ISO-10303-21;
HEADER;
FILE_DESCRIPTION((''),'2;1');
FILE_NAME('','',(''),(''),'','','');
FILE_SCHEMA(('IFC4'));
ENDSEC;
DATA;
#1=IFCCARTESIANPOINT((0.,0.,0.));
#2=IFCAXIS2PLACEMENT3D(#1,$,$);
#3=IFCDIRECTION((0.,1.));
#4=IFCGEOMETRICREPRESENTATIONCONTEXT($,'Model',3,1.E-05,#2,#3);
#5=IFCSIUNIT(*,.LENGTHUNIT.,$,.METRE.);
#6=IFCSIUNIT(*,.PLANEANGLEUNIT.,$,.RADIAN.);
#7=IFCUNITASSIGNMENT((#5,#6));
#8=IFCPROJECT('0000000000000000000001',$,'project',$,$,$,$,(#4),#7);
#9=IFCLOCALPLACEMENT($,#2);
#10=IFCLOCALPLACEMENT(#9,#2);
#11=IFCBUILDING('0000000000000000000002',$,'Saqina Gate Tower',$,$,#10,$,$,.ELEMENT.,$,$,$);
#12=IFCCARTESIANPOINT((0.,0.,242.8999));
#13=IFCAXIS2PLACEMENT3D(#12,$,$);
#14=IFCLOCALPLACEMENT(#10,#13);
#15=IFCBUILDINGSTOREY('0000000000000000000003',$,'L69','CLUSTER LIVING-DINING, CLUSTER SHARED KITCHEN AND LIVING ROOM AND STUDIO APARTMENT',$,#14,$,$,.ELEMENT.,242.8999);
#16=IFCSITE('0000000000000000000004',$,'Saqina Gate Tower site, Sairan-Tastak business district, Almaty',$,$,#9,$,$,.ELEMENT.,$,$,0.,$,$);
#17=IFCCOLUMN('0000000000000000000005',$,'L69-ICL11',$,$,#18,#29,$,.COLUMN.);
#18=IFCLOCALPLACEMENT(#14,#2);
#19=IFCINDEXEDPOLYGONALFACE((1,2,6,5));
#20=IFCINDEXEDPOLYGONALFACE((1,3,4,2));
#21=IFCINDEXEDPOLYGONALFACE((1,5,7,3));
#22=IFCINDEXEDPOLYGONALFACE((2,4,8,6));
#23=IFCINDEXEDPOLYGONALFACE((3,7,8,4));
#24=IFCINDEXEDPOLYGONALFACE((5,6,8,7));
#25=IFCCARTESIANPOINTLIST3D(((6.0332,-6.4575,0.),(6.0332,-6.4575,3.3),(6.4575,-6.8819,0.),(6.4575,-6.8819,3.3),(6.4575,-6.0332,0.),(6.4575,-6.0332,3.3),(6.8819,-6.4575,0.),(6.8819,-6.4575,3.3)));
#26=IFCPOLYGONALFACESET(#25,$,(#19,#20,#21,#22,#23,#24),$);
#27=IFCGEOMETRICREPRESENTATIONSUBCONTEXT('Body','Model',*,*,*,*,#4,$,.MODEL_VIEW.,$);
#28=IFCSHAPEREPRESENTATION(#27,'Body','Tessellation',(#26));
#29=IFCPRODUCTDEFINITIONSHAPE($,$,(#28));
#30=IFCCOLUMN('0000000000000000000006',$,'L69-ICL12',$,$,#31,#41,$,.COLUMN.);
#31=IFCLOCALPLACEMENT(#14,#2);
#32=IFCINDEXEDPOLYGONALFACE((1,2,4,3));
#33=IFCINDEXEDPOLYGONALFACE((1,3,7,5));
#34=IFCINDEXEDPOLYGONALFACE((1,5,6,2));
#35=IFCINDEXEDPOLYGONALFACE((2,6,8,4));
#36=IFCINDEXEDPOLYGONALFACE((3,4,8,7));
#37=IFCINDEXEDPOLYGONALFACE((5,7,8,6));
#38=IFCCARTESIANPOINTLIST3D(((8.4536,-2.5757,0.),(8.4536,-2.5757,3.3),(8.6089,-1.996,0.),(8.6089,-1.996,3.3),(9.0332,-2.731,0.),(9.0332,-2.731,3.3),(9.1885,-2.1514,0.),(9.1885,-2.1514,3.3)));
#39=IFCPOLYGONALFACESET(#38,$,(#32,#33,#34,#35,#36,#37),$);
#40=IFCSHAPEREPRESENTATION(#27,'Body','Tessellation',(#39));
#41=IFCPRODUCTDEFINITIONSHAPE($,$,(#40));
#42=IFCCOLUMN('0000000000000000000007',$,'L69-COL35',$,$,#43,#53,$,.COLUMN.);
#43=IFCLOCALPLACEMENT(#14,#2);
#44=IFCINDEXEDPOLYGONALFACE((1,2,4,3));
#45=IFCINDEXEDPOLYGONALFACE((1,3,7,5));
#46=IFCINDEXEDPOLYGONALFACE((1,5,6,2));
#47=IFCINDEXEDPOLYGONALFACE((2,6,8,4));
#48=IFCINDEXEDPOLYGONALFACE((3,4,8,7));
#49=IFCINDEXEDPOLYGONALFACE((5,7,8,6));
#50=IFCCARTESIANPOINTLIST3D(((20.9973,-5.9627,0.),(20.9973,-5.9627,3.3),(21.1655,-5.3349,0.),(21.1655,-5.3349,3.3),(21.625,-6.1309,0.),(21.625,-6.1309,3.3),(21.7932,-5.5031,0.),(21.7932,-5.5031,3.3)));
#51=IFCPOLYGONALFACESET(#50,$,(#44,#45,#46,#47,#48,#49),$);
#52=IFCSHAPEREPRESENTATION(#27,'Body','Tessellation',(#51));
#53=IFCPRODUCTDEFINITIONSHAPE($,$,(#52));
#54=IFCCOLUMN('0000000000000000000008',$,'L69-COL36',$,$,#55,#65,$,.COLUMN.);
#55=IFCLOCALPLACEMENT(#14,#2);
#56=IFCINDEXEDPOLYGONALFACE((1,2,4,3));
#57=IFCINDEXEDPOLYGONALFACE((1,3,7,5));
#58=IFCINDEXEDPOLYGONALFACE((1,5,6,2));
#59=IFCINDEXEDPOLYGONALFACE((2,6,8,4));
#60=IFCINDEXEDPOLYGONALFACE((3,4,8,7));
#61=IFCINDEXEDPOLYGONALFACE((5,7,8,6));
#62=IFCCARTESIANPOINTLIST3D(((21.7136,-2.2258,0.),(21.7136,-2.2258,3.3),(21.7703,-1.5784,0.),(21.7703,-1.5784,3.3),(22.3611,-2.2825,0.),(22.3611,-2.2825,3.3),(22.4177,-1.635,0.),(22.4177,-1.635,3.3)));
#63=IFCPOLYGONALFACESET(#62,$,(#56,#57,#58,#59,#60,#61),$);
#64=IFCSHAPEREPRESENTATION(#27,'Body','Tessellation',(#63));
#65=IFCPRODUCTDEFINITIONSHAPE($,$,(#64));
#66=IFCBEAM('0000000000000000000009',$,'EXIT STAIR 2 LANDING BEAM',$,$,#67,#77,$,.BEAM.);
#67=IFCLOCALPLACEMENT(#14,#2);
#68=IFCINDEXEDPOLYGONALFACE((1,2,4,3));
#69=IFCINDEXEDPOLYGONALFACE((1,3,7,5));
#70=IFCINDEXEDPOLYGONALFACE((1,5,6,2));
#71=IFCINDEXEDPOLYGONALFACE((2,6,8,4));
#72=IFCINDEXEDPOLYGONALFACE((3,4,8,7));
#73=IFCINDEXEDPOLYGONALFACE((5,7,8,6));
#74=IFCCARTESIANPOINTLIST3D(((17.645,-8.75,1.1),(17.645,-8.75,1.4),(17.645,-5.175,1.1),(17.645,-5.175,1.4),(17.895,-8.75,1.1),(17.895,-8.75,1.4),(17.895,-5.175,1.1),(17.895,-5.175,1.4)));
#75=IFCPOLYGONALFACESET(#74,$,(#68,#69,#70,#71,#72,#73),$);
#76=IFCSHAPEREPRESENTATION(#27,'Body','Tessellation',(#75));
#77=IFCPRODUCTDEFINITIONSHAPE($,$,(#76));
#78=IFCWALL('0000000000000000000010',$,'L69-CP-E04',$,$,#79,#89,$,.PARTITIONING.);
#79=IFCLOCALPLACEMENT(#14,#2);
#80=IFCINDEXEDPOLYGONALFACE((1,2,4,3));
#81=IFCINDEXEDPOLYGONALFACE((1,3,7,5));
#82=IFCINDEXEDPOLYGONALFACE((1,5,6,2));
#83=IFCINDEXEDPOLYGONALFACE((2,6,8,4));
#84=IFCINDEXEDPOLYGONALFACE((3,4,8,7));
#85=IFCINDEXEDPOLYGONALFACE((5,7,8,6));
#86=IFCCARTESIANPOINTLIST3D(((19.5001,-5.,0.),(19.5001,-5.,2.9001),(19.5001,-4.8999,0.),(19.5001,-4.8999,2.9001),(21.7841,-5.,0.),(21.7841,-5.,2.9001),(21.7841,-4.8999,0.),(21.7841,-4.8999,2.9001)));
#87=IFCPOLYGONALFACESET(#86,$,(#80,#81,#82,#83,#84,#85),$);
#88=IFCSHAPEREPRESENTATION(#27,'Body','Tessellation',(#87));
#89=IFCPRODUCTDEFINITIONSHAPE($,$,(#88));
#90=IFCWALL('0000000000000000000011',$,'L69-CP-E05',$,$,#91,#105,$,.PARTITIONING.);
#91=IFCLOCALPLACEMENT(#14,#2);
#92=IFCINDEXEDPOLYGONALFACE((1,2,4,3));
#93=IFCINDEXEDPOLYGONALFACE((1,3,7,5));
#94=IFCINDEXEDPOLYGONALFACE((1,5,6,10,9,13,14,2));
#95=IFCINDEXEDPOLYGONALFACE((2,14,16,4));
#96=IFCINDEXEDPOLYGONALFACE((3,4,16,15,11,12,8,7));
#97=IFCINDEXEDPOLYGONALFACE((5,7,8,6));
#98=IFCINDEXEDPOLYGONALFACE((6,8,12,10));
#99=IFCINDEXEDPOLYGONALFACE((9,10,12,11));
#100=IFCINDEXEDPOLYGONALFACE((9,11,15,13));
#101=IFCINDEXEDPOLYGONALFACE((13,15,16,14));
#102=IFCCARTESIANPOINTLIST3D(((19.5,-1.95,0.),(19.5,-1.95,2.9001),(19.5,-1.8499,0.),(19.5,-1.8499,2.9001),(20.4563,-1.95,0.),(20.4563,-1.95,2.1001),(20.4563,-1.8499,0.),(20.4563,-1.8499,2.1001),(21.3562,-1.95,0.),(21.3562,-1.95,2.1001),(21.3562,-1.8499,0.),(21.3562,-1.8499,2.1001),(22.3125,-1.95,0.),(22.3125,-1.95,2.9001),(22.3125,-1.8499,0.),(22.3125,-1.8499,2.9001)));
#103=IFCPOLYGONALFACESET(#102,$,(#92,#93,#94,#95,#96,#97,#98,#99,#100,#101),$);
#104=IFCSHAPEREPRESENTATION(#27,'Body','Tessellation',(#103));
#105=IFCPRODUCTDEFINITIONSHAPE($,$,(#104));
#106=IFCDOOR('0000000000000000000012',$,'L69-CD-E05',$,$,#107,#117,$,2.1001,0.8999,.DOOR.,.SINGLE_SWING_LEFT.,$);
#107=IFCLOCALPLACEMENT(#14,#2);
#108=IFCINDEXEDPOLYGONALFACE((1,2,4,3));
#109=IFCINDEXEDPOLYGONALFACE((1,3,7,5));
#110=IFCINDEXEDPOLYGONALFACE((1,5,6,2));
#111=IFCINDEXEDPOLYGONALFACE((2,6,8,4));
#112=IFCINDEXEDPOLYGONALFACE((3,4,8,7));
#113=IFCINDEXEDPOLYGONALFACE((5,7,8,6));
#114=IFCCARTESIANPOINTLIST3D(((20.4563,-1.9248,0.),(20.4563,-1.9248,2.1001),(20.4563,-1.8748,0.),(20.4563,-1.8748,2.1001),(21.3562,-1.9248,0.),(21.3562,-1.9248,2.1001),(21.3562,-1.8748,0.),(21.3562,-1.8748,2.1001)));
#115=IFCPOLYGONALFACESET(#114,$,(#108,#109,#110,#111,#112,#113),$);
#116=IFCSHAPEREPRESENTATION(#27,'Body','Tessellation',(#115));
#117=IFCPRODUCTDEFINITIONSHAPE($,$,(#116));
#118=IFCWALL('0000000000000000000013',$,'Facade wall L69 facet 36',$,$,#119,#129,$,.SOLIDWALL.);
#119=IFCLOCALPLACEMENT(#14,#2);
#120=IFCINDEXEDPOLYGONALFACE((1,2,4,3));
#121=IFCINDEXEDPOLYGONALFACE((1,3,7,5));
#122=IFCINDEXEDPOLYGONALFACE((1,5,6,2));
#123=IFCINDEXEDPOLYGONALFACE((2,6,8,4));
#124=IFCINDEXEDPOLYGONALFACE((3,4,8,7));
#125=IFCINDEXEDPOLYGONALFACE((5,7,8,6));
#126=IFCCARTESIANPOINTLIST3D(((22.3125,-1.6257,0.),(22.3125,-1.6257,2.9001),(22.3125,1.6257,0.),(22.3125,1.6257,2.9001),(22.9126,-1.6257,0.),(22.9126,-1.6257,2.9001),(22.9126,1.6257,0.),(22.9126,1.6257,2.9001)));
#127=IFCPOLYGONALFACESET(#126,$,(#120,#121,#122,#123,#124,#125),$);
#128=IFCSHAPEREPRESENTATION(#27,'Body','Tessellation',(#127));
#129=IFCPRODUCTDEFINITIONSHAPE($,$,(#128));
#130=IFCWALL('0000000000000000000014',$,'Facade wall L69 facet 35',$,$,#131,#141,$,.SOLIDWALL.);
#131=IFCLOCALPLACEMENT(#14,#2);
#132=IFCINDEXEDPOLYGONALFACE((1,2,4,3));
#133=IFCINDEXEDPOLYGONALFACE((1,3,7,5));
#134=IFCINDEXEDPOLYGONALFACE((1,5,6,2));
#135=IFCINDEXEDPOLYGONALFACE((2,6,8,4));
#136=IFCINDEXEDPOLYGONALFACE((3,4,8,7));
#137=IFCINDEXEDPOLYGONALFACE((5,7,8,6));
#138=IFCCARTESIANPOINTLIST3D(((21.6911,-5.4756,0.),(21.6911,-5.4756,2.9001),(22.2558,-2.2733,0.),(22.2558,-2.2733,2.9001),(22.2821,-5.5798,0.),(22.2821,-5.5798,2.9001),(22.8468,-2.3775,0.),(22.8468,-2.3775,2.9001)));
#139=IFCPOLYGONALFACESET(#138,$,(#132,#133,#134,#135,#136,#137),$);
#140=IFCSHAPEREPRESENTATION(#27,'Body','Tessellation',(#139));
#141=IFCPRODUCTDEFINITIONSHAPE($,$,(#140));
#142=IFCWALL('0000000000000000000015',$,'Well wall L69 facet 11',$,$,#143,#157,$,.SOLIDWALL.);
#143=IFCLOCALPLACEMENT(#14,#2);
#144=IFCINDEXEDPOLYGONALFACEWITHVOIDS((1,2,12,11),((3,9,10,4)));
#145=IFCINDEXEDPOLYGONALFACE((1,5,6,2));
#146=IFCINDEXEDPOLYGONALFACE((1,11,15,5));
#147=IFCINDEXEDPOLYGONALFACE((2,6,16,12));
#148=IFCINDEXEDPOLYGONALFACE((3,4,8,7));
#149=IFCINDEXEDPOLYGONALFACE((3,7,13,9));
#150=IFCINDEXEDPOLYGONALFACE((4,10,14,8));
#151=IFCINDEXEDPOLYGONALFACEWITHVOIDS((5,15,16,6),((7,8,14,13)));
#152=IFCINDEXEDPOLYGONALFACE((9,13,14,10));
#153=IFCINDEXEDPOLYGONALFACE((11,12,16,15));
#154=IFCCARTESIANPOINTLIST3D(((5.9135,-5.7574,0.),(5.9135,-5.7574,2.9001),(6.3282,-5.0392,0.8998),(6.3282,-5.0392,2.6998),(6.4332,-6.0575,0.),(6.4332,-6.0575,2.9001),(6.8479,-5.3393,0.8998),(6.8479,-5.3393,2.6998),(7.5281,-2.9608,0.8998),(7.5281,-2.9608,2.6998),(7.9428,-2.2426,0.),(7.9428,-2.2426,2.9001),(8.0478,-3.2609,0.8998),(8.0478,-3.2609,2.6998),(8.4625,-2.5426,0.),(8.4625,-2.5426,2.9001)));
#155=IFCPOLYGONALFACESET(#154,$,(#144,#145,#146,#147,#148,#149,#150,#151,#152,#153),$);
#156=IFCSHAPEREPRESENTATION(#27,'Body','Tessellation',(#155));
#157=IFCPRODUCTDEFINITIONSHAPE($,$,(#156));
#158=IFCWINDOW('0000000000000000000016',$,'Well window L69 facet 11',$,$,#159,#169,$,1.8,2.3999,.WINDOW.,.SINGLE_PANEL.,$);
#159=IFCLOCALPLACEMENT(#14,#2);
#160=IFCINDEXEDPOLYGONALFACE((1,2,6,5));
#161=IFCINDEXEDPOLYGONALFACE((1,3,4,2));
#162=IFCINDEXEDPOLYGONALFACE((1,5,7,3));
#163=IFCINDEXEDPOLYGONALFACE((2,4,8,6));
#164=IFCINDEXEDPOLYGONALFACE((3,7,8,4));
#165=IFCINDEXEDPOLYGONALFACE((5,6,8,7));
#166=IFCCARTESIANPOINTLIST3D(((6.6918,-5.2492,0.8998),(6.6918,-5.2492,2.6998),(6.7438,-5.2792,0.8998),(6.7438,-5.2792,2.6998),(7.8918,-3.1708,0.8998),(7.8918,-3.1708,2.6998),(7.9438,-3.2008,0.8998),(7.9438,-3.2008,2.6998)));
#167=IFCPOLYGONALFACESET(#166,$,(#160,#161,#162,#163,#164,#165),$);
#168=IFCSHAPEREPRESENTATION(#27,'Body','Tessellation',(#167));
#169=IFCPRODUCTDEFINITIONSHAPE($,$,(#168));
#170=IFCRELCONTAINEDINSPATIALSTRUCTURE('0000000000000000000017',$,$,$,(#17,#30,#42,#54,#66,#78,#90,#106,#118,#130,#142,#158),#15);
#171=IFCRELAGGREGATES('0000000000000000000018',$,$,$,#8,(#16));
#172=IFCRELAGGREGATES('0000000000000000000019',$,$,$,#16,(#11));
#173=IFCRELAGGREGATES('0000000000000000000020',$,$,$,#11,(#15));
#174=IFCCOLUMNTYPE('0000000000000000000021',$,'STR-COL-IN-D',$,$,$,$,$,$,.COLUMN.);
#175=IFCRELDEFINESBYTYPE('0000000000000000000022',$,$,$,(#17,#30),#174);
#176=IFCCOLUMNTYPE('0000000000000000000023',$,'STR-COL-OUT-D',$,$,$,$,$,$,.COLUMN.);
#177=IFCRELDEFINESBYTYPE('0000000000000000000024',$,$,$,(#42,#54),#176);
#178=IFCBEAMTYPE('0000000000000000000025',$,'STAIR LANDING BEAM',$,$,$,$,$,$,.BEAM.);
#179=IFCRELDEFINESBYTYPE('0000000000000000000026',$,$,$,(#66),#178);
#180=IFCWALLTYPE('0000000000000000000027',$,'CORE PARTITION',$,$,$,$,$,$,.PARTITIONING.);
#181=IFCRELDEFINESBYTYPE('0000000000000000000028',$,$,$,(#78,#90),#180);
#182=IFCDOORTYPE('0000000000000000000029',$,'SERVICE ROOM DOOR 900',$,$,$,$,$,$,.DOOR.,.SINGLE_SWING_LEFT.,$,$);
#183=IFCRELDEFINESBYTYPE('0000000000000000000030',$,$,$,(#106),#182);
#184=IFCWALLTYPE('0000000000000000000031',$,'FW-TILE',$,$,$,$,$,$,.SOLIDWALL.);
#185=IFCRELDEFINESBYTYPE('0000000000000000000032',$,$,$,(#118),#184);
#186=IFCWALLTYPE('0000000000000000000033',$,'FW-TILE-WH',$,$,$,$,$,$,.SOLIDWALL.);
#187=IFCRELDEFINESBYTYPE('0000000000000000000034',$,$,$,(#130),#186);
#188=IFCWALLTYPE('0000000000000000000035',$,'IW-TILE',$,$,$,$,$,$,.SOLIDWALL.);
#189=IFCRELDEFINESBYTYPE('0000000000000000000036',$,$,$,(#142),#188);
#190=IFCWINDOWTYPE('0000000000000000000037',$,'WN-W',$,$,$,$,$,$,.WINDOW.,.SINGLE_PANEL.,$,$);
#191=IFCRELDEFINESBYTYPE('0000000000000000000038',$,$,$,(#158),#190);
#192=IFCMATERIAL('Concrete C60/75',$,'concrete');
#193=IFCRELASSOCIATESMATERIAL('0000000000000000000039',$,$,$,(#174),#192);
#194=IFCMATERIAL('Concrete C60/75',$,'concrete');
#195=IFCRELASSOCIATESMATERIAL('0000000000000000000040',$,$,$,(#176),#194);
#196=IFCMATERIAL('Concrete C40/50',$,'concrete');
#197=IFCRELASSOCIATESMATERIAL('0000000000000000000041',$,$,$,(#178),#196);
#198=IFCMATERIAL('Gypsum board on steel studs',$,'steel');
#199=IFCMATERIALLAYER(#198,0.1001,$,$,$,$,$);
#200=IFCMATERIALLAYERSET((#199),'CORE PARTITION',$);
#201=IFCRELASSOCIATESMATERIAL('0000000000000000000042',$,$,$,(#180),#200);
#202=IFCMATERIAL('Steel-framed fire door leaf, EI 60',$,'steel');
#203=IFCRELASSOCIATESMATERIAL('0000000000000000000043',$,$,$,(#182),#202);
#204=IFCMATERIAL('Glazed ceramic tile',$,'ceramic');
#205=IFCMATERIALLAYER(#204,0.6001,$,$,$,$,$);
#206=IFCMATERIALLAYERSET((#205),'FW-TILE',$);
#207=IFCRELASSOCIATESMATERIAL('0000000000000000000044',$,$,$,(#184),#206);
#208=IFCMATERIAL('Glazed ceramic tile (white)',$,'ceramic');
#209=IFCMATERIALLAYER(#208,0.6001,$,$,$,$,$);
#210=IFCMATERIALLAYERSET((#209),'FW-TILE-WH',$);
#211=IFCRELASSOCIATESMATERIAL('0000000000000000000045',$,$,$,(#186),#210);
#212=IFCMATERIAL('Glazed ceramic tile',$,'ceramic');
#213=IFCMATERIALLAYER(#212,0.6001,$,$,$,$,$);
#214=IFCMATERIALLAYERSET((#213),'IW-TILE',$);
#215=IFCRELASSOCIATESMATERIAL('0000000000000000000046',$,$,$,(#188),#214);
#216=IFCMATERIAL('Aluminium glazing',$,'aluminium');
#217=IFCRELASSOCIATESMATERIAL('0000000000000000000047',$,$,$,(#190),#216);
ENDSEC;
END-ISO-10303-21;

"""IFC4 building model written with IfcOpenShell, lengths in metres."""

from ifc_helpers import new_model, si_unit, direction, frame, frame_2d, origin, origin_2d, place, context, subcontext, project, spatial, rectangle, extrude, material, layer, layer_set, material_profile, profile_set, type_object, element, fill, save


model = new_model("IFC4")

# Units and contexts
model_context = context("Model", 3, precision=1e-05, world=origin(), true_north=direction((0.0, 1.0)))
body_context = subcontext(model_context, "Body", "Model", "MODEL_VIEW")
ifc_project = project(units=[si_unit("LENGTHUNIT", "METRE"), si_unit("PLANEANGLEUNIT", "RADIAN")], contexts=[model_context])

# Site, building, storey
site_placement = place(None, origin())
site = spatial("IfcSite", under=ifc_project, at=site_placement, Name="Saqina Gate Tower site, Sairan-Tastak business district, Almaty", CompositionType="ELEMENT", RefElevation=0.0)
building_placement = place(site_placement, origin())
building = spatial("IfcBuilding", under=site, at=building_placement, Name="Saqina Gate Tower", CompositionType="ELEMENT")
storey_placement = place(building_placement, frame((0.0, 0.0, 242.8999)))
storey = spatial("IfcBuildingStorey", under=building, at=storey_placement, Name="L69", Description="CLUSTER LIVING-DINING, CLUSTER SHARED KITCHEN AND LIVING ROOM AND STUDIO APARTMENT", CompositionType="ELEMENT", Elevation=242.8999)

# Columns
ifc_material_1 = material(Name="Concrete C60/75", Category="concrete")
ifc_material_profile_1 = material_profile(ifc_material_1, rectangle(XDim=0.6001, YDim=0.6001, at=origin_2d()), Name="RC 600x600")
ifc_profile_set_1 = profile_set([ifc_material_profile_1], Name="Concrete C60/75")
column_type_1 = type_object("IfcColumnType", Name="STR-COL-IN-D", PredefinedType="COLUMN", material=ifc_profile_set_1)
for number, where, z_axis, x_axis, name in (
    (1, (6.4575, -6.4575, 0.0), (0.0, 0.0, 1.0), (0.707107, -0.707107, 0.0), "L69-ICL11"),
    (2, (8.821, -2.3635, 0.0), (0.0, 0.0, 1.0), (0.965926, -0.258819, 0.0), "L69-ICL12"),
):
    element("IfcColumn", number, at=place(storey_placement, frame(where, z_axis=z_axis, x_axis=x_axis)), inside=storey, type_object=column_type_1, Name=name, PredefinedType="COLUMN", context=body_context, shape_type="SweptSolid", body=[
        extrude(rectangle(XDim=0.6001, YDim=0.6001, at=origin_2d()), origin(), (0.0, 0.0, 1.0), 3.3),
    ])
ifc_material_2 = material(Name="Concrete C60/75", Category="concrete")
ifc_material_profile_2 = material_profile(ifc_material_2, rectangle(XDim=0.6499, YDim=0.6499, at=origin_2d()), Name="RC 650x650")
ifc_profile_set_2 = profile_set([ifc_material_profile_2], Name="Concrete C60/75")
column_type_2 = type_object("IfcColumnType", Name="STR-COL-OUT-D", PredefinedType="COLUMN", material=ifc_profile_set_2)
for number, where, z_axis, x_axis, name in (
    (3, (21.3953, -5.7329, 0.0), (0.0, 0.0, 1.0), (0.965926, -0.258819, 0.0), "L69-COL35"),
    (4, (22.0657, -1.9304, 0.0), (0.0, 0.0, 1.0), (0.996195, -0.087156, 0.0), "L69-COL36"),
):
    element("IfcColumn", number, at=place(storey_placement, frame(where, z_axis=z_axis, x_axis=x_axis)), inside=storey, type_object=column_type_2, Name=name, PredefinedType="COLUMN", context=body_context, shape_type="SweptSolid", body=[
        extrude(rectangle(XDim=0.6499, YDim=0.6499, at=origin_2d()), origin(), (0.0, 0.0, 1.0), 3.3),
    ])

# Beam
ifc_material_3 = material(Name="Concrete C40/50", Category="concrete")
ifc_material_profile_3 = material_profile(ifc_material_3, rectangle(XDim=0.25, YDim=0.3, at=origin_2d()), Name="STAIR LANDING BEAM")
ifc_profile_set_3 = profile_set([ifc_material_profile_3], Name="Concrete C40/50")
beam_type = type_object("IfcBeamType", Name="STAIR LANDING BEAM", PredefinedType="BEAM", material=ifc_profile_set_3)
beam_placement = place(storey_placement, frame((17.77, -8.75, 1.25), z_axis=(0.0, 1.0, 0.0), x_axis=(-1.0, 0.0, 0.0)))
element("IfcBeam", 5, at=beam_placement, inside=storey, type_object=beam_type, Name="EXIT STAIR 2 LANDING BEAM", PredefinedType="BEAM", context=body_context, shape_type="SweptSolid", body=[
    extrude(rectangle(XDim=0.25, YDim=0.3, at=origin_2d()), origin(), (0.0, 0.0, 1.0), 3.575),
])

# Wall
ifc_material_4 = material(Name="Gypsum board on steel studs", Category="steel")
ifc_layer_1 = layer(ifc_material_4, 0.1001)
ifc_layer_set_1 = layer_set([ifc_layer_1], Name="CORE PARTITION")
wall_type_1 = type_object("IfcWallType", Name="CORE PARTITION", PredefinedType="PARTITIONING", material=ifc_layer_set_1)
wall_1_placement = place(storey_placement, frame((19.5, -4.95, 0.0), z_axis=(0.0, 0.0, 1.0), x_axis=(1.0, 0.0, 0.0)))
element("IfcWall", 6, at=wall_1_placement, inside=storey, type_object=wall_type_1, Name="L69-CP-E04", PredefinedType="PARTITIONING", context=body_context, shape_type="SweptSolid", body=[
    extrude(rectangle(XDim=2.2839, YDim=0.1001, at=frame_2d((1.1421, 0.0))), origin(), (0.0, 0.0, 1.0), 2.9001),
])

# Wall, opening, door
wall_2_placement = place(storey_placement, frame((19.5, -1.8999, 0.0), z_axis=(0.0, 0.0, 1.0), x_axis=(1.0, 0.0, 0.0)))
wall_2 = element("IfcWall", 7, at=wall_2_placement, inside=storey, type_object=wall_type_1, Name="L69-CP-E05", PredefinedType="PARTITIONING", context=body_context, shape_type="SweptSolid", body=[
    extrude(rectangle(XDim=2.8125, YDim=0.1001, at=frame_2d((1.4062, 0.0))), origin(), (0.0, 0.0, 1.0), 2.9001),
])
opening_1_placement = place(wall_2_placement, frame((0.9563, 0.0, 0.0)))
opening_1 = element("IfcOpeningElement", 8, at=opening_1_placement, cuts=wall_2, PredefinedType="OPENING", context=body_context, shape_type="SweptSolid", body=[
    extrude(rectangle(XDim=0.8999, YDim=2.1001, at=frame_2d((0.45, 1.05))), frame((0.0, 0.062, 0.0), z_axis=(0.0, -1.0, 0.0), x_axis=(1.0, 0.0, 0.0)), (0.0, 0.0, 1.0), 0.124),
])
ifc_material_5 = material(Name="Steel-framed fire door leaf, EI 60", Category="steel")
door_type_1 = type_object("IfcDoorType", Name="SERVICE ROOM DOOR 900", OperationType="SINGLE_SWING_LEFT", PredefinedType="DOOR", material=ifc_material_5)
door_1_placement = place(opening_1_placement, frame((0.8999, 0.0, 0.0), z_axis=(0.0, 0.0, 1.0), x_axis=(-1.0, 0.0, 0.0)))
door_1 = element("IfcDoor", 9, at=door_1_placement, inside=storey, type_object=door_type_1, Name="L69-CD-E05", OperationType="SINGLE_SWING_LEFT", OverallHeight=2.1001, OverallWidth=0.8999, PredefinedType="DOOR", context=body_context, shape_type="SweptSolid", body=[
    extrude(rectangle(XDim=0.8999, YDim=2.1001, at=frame_2d((0.45, 1.05))), frame((0.0, 0.0249, 0.0), z_axis=(0.0, -1.0, 0.0), x_axis=(1.0, 0.0, 0.0)), (0.0, 0.0, 1.0), 0.05),
])
fill(opening_1, door_1)

# Walls
ifc_material_6 = material(Name="Glazed ceramic tile", Category="ceramic")
ifc_layer_2 = layer(ifc_material_6, 0.6001)
ifc_layer_set_2 = layer_set([ifc_layer_2], Name="FW-TILE")
wall_type_2 = type_object("IfcWallType", Name="FW-TILE", PredefinedType="SOLIDWALL", material=ifc_layer_set_2)
wall_3_placement = place(storey_placement, frame((22.6125, -1.6257, 0.0), z_axis=(0.0, 0.0, 1.0), x_axis=(0.0, 1.0, 0.0)))
element("IfcWall", 10, at=wall_3_placement, inside=storey, type_object=wall_type_2, Name="Facade wall L69 facet 36", PredefinedType="SOLIDWALL", context=body_context, shape_type="SweptSolid", body=[
    extrude(rectangle(XDim=3.2515, YDim=0.6001, at=frame_2d((1.6257, 0.0))), origin(), (0.0, 0.0, 1.0), 2.9001),
])
ifc_material_7 = material(Name="Glazed ceramic tile (white)", Category="ceramic")
ifc_layer_3 = layer(ifc_material_7, 0.6001)
ifc_layer_set_3 = layer_set([ifc_layer_3], Name="FW-TILE-WH")
wall_type_3 = type_object("IfcWallType", Name="FW-TILE-WH", PredefinedType="SOLIDWALL", material=ifc_layer_set_3)
wall_4_placement = place(storey_placement, frame((21.9866, -5.5278, 0.0), z_axis=(0.0, 0.0, 1.0), x_axis=(0.173657, 0.984806, 0.0)))
element("IfcWall", 11, at=wall_4_placement, inside=storey, type_object=wall_type_3, Name="Facade wall L69 facet 35", PredefinedType="SOLIDWALL", context=body_context, shape_type="SweptSolid", body=[
    extrude(rectangle(XDim=3.2517, YDim=0.6001, at=frame_2d((1.626, 0.0))), origin(), (0.0, 0.0, 1.0), 2.9001),
])

# Wall, opening, window
ifc_material_8 = material(Name="Glazed ceramic tile", Category="ceramic")
ifc_layer_4 = layer(ifc_material_8, 0.6001)
ifc_layer_set_4 = layer_set([ifc_layer_4], Name="IW-TILE")
wall_type_4 = type_object("IfcWallType", Name="IW-TILE", PredefinedType="SOLIDWALL", material=ifc_layer_set_4)
wall_5_placement = place(storey_placement, frame((6.1733, -5.9075, 0.0), z_axis=(0.0, 0.0, 1.0), x_axis=(0.499995, 0.866028, 0.0)))
wall_5 = element("IfcWall", 12, at=wall_5_placement, inside=storey, type_object=wall_type_4, Name="Well wall L69 facet 11", PredefinedType="SOLIDWALL", context=body_context, shape_type="SweptSolid", body=[
    extrude(rectangle(XDim=4.0586, YDim=0.6001, at=frame_2d((2.0293, 0.0))), origin(), (0.0, 0.0, 1.0), 2.9001),
])
opening_2_placement = place(wall_5_placement, frame((0.8293, 0.0, 0.8999)))
opening_2 = element("IfcOpeningElement", 13, at=opening_2_placement, cuts=wall_5, PredefinedType="OPENING", context=body_context, shape_type="SweptSolid", body=[
    extrude(rectangle(XDim=2.3999, YDim=1.8, at=frame_2d((1.2, 0.8999))), frame((0.0, 0.312, 0.0), z_axis=(0.0, -1.0, 0.0), x_axis=(1.0, 0.0, 0.0)), (0.0, 0.0, 1.0), 0.624),
])
ifc_material_9 = material(Name="Aluminium glazing", Category="aluminium")
window_type = type_object("IfcWindowType", Name="WN-W", PartitioningType="SINGLE_PANEL", PredefinedType="WINDOW", material=ifc_material_9)
window_1_placement = place(opening_2_placement, origin())
window_1 = element("IfcWindow", 14, at=window_1_placement, inside=storey, type_object=window_type, Name="Well window L69 facet 11", OverallHeight=1.8, OverallWidth=2.3999, PartitioningType="SINGLE_PANEL", PredefinedType="WINDOW", context=body_context, shape_type="SweptSolid", body=[
    extrude(rectangle(XDim=2.3999, YDim=1.8, at=frame_2d((1.2, 0.8999))), frame((0.0, -0.1199, 0.0), z_axis=(0.0, -1.0, 0.0), x_axis=(1.0, 0.0, 0.0)), (0.0, 0.0, 1.0), 0.0601),
])
fill(opening_2, window_1)

save(model, "model.ifc")
